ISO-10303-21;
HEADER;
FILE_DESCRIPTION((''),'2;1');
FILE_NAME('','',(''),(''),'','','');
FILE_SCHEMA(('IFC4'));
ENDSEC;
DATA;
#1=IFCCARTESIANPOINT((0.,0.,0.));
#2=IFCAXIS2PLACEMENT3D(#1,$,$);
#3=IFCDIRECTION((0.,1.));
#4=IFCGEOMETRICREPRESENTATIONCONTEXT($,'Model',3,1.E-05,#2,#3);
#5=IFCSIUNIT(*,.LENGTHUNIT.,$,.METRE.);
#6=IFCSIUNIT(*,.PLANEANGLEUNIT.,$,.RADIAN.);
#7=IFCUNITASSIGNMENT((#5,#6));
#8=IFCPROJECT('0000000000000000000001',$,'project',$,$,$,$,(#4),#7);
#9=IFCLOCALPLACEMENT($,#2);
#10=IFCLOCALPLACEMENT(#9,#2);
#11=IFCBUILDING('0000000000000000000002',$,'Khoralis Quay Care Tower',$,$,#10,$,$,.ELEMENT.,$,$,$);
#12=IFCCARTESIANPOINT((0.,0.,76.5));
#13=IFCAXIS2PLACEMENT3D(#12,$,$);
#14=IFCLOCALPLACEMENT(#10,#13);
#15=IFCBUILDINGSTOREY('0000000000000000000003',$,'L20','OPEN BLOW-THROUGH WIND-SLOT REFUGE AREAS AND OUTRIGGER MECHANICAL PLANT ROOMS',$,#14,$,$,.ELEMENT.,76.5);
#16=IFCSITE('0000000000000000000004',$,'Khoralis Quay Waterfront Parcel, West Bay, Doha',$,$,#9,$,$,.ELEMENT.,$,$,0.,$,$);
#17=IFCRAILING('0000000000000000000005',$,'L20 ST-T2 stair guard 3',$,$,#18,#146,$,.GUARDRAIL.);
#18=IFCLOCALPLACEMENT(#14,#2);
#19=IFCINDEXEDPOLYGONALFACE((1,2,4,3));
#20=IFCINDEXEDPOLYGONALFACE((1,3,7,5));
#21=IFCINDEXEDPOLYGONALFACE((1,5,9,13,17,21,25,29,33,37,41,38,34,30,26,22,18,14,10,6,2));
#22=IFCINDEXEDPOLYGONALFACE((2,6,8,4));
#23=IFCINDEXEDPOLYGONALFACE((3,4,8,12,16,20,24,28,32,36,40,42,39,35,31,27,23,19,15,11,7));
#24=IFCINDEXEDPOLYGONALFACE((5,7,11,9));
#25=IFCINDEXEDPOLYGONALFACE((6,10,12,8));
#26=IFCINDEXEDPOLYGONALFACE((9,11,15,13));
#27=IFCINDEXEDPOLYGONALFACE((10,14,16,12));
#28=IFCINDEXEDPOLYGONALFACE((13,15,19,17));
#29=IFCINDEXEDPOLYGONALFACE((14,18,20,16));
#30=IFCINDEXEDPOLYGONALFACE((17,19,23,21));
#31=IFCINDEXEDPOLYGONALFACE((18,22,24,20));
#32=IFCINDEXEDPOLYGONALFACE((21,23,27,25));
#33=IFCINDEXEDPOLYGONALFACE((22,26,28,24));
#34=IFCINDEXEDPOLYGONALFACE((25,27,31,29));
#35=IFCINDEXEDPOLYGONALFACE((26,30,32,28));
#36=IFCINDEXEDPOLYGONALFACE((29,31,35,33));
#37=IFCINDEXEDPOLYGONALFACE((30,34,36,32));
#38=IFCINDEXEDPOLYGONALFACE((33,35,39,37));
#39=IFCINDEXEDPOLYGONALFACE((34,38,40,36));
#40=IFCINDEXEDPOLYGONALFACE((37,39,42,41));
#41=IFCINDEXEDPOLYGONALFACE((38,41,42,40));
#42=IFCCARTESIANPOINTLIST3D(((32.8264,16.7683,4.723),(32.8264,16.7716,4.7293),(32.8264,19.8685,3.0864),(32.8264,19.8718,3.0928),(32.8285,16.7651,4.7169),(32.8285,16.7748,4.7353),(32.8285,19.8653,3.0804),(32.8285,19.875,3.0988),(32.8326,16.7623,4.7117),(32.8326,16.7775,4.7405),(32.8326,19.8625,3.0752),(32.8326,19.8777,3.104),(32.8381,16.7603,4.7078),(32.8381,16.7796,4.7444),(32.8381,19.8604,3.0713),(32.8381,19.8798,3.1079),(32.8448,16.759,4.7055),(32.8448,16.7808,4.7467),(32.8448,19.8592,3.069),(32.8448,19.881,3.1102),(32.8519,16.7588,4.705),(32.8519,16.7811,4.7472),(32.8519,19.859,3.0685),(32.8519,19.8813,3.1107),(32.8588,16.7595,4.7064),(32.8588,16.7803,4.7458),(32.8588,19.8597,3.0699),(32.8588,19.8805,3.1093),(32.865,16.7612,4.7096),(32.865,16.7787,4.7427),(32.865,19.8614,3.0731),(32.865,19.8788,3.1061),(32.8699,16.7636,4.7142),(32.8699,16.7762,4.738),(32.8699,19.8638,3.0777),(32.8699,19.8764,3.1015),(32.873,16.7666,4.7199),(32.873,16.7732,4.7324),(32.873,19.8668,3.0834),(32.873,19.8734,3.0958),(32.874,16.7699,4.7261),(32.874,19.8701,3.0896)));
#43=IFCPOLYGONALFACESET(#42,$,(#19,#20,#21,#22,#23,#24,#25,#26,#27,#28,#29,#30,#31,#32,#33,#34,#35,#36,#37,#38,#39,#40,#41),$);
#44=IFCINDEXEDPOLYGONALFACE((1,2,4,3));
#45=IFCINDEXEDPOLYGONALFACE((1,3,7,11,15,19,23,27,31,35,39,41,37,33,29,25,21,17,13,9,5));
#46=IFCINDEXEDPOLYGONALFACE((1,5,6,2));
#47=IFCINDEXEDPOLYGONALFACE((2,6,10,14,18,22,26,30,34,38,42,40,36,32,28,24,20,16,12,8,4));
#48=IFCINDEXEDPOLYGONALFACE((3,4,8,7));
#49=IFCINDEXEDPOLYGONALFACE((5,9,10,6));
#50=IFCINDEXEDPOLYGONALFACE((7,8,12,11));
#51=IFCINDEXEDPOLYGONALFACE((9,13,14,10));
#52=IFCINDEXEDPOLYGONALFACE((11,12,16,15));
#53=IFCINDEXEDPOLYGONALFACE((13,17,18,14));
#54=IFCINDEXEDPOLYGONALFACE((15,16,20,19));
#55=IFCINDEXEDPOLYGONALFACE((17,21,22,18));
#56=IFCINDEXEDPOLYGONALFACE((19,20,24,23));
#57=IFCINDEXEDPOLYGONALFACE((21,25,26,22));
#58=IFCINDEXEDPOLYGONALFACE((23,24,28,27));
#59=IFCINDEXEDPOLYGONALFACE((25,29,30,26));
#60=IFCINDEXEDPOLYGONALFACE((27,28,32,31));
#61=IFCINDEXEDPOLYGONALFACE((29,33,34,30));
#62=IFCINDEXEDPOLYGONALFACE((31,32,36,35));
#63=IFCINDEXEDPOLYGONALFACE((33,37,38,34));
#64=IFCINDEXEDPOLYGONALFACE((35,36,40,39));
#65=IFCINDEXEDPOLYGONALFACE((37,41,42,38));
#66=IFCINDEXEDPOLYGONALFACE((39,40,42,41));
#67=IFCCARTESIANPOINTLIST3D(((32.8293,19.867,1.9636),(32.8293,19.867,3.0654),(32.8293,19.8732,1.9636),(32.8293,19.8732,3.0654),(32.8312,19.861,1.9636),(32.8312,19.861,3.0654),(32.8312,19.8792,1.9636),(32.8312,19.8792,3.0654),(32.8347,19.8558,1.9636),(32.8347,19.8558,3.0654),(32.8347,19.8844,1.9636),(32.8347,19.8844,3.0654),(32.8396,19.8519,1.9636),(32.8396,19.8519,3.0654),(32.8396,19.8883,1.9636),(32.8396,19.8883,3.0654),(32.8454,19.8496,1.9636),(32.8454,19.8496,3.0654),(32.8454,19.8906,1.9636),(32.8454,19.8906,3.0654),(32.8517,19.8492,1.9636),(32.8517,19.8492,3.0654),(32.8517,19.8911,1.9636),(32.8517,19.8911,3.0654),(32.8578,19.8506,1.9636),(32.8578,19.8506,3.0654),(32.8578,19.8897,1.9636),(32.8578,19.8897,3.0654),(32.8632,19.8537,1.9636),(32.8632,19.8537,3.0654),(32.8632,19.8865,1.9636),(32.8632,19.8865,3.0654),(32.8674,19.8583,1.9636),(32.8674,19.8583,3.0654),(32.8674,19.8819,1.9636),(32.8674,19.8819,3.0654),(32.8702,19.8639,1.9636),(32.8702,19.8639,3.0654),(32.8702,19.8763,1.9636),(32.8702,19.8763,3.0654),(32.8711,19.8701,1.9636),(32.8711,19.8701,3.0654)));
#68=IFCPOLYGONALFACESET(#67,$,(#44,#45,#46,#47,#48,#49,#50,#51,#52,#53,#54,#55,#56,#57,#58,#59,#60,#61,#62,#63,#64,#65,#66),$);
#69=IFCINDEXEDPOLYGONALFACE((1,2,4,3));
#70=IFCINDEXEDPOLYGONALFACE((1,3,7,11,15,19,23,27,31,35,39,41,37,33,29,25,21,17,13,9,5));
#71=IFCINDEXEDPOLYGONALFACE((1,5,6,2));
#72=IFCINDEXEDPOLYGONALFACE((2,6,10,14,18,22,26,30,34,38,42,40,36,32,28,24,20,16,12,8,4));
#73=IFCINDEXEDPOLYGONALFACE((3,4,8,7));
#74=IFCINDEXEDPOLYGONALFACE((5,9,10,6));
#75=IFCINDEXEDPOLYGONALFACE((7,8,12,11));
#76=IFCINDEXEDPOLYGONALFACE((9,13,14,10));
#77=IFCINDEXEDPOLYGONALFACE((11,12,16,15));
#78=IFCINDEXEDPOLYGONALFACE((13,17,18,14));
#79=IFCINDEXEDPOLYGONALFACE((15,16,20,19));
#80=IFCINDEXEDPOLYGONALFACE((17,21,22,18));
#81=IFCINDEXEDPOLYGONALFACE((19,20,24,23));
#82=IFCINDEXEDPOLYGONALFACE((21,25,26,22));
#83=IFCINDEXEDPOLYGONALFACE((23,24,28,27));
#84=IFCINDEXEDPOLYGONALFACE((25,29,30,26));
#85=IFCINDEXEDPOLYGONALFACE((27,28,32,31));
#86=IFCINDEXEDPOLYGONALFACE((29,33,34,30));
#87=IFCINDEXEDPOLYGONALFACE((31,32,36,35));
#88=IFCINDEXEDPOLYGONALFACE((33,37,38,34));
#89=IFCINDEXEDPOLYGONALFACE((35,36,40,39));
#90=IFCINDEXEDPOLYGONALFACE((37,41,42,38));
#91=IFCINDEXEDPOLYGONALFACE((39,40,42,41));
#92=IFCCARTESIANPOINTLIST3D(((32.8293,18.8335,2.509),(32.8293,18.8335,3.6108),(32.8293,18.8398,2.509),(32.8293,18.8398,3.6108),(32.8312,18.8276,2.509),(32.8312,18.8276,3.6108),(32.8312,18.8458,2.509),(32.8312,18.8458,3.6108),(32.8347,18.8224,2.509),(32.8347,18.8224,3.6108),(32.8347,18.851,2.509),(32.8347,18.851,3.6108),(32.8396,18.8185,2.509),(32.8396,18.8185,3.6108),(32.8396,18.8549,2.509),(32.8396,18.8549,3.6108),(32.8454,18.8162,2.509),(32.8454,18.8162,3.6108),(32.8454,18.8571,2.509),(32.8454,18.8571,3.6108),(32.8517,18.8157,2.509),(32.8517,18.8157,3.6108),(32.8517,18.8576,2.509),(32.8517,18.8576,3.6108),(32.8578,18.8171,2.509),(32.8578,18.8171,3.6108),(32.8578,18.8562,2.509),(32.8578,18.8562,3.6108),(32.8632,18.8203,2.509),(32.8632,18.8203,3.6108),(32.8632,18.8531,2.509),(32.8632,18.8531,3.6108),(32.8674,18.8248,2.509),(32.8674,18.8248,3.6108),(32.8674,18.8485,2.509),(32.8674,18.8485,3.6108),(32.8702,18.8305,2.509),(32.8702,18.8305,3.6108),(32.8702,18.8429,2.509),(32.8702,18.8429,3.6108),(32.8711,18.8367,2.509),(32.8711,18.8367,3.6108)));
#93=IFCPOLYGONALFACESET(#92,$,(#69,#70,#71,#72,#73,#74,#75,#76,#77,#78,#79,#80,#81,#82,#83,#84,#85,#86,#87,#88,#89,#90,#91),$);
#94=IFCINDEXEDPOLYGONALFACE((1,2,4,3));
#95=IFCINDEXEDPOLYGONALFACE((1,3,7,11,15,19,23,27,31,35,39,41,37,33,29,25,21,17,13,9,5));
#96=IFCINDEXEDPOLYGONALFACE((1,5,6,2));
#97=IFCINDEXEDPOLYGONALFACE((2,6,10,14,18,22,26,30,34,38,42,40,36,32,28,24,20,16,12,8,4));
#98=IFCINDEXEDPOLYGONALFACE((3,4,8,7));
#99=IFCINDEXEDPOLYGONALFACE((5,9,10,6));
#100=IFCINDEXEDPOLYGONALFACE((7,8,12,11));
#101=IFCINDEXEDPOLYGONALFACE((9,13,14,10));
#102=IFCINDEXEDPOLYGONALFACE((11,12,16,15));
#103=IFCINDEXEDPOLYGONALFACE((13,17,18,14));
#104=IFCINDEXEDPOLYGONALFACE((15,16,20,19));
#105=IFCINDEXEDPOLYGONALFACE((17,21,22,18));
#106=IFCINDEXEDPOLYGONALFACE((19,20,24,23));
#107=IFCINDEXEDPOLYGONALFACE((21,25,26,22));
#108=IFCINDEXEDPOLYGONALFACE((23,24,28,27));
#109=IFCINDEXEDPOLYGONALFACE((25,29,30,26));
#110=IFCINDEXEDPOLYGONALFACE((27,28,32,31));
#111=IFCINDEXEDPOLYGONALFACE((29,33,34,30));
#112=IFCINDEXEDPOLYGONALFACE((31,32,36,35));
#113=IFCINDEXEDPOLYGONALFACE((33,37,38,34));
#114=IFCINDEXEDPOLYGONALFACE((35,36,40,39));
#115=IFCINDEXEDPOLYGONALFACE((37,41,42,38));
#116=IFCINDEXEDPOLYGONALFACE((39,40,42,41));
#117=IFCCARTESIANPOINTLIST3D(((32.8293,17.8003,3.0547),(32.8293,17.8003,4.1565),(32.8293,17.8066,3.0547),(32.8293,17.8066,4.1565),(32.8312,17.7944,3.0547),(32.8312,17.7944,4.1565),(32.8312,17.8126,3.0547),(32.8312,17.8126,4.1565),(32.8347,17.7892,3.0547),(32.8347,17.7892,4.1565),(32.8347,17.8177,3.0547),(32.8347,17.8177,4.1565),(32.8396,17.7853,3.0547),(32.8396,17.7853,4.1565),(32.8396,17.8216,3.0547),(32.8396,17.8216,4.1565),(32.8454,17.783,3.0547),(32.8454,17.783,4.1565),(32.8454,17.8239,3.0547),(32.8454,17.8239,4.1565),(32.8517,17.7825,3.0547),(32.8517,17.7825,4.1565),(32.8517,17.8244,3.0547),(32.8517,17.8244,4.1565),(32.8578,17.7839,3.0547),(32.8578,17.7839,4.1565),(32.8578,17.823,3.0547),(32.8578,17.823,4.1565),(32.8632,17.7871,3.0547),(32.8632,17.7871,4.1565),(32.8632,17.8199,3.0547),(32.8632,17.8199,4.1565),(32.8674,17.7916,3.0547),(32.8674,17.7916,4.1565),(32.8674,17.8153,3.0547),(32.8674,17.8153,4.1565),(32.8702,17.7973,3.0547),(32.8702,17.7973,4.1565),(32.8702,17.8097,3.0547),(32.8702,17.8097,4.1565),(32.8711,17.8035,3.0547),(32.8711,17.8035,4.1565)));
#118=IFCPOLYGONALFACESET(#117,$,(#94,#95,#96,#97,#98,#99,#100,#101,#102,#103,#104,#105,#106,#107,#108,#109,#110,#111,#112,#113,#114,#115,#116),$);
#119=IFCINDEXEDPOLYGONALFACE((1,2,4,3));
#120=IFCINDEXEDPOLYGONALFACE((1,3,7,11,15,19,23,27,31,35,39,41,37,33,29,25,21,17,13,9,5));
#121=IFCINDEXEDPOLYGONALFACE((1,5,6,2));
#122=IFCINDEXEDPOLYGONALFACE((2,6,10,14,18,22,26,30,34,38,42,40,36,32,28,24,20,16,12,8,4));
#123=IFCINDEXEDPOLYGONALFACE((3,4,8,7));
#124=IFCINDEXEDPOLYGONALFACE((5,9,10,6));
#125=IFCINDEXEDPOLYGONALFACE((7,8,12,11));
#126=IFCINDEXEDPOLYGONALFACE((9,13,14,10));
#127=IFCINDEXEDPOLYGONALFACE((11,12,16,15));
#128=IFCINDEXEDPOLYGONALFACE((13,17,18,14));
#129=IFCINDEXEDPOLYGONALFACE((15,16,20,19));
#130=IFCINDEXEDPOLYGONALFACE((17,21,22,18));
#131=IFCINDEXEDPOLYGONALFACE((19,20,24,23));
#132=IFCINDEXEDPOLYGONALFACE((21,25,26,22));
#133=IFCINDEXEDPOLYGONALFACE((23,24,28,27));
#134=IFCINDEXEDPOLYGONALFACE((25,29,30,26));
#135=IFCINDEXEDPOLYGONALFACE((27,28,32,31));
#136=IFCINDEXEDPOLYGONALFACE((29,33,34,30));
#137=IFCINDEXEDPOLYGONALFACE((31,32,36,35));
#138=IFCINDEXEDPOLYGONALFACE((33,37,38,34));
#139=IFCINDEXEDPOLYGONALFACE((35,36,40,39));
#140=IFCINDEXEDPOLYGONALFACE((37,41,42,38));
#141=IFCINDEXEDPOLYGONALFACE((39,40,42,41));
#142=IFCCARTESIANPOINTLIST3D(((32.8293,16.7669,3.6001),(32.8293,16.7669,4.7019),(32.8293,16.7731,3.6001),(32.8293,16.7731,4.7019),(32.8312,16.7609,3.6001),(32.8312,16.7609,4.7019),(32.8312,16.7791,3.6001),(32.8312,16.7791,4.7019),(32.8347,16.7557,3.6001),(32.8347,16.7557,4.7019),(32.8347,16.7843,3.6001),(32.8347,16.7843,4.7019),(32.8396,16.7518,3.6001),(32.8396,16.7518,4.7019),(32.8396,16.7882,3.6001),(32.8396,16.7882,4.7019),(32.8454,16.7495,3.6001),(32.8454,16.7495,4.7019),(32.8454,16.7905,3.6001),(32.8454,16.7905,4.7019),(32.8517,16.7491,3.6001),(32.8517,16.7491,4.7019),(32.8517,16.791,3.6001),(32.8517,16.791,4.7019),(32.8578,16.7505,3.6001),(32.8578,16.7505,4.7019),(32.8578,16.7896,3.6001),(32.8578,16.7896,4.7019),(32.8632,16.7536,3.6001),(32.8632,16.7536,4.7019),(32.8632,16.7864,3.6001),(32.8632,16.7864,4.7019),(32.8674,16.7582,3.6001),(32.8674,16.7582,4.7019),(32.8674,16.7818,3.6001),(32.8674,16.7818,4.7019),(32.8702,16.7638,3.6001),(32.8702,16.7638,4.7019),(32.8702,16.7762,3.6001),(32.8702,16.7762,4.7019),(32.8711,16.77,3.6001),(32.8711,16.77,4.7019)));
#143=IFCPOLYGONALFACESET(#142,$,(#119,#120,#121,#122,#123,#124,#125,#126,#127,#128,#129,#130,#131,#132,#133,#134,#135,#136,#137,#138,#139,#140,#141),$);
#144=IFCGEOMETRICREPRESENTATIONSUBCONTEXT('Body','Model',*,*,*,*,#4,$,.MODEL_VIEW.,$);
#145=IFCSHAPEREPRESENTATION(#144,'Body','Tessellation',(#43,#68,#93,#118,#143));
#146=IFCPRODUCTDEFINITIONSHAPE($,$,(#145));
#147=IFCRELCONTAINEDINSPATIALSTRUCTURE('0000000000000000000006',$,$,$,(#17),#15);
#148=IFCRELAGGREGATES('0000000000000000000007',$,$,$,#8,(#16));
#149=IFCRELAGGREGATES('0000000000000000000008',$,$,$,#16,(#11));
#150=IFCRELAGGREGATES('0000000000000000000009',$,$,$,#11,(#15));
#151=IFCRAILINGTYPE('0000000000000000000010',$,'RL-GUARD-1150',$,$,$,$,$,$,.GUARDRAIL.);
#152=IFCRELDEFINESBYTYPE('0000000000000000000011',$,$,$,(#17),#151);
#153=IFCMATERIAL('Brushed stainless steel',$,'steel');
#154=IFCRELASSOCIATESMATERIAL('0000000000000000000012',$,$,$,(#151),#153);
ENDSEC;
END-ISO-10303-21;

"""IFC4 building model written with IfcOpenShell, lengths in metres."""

from ifc_helpers import new_model, si_unit, direction, frame, origin, origin_2d, place, context, subcontext, project, spatial, circle, extrude, material, type_object, element, save


model = new_model("IFC4")

# Units and contexts
model_context = context("Model", 3, precision=1e-05, world=origin(), true_north=direction((0.0, 1.0)))
body_context = subcontext(model_context, "Body", "Model", "MODEL_VIEW")
ifc_project = project(units=[si_unit("LENGTHUNIT", "METRE"), si_unit("PLANEANGLEUNIT", "RADIAN")], contexts=[model_context])

# Site, building, storey
site_placement = place(None, origin())
site = spatial("IfcSite", under=ifc_project, at=site_placement, Name="Khoralis Quay Waterfront Parcel, West Bay, Doha", CompositionType="ELEMENT", RefElevation=0.0)
building_placement = place(site_placement, origin())
building = spatial("IfcBuilding", under=site, at=building_placement, Name="Khoralis Quay Care Tower", CompositionType="ELEMENT")
storey_placement = place(building_placement, frame((0.0, 0.0, 76.5)))
storey = spatial("IfcBuildingStorey", under=building, at=storey_placement, Name="L20", Description="OPEN BLOW-THROUGH WIND-SLOT REFUGE AREAS AND OUTRIGGER MECHANICAL PLANT ROOMS", CompositionType="ELEMENT", Elevation=76.5)

# Shared definitions
ifc_material_1 = material(Name="Brushed stainless steel", Category="steel")

# Railing
railing_type_1 = type_object("IfcRailingType", Name="RL-GUARD-1150", PredefinedType="GUARDRAIL", material=ifc_material_1)
railing_1_placement = place(storey_placement, frame((32.8501, 19.8701, 1.9636)))
element("IfcRailing", 1, at=railing_1_placement, inside=storey, type_object=railing_type_1, Name="L20 ST-T2 stair guard 3", PredefinedType="GUARDRAIL", context=body_context, shape_type="SweptSolid", body=[
    extrude(circle(Radius=0.0239, at=origin_2d()), frame((0.0, 0.0, 1.126), z_axis=(0.0, -0.884348, 0.466828), x_axis=(1.0, 0.0, 0.0)), (0.0, 0.0, 1.0), 3.5056),
    extrude(circle(Radius=0.021, at=origin_2d()), origin(), (0.0, 0.0, 1.0), 1.1018),
    extrude(circle(Radius=0.021, at=origin_2d()), frame((0.0, -1.0334, 0.5454)), (0.0, 0.0, 1.0), 1.1018),
    extrude(circle(Radius=0.021, at=origin_2d()), frame((0.0, -2.0667, 1.0911)), (0.0, 0.0, 1.0), 1.1018),
    extrude(circle(Radius=0.021, at=origin_2d()), frame((0.0, -3.1001, 1.6365)), (0.0, 0.0, 1.0), 1.1018),
])

save(model, "model.ifc")
